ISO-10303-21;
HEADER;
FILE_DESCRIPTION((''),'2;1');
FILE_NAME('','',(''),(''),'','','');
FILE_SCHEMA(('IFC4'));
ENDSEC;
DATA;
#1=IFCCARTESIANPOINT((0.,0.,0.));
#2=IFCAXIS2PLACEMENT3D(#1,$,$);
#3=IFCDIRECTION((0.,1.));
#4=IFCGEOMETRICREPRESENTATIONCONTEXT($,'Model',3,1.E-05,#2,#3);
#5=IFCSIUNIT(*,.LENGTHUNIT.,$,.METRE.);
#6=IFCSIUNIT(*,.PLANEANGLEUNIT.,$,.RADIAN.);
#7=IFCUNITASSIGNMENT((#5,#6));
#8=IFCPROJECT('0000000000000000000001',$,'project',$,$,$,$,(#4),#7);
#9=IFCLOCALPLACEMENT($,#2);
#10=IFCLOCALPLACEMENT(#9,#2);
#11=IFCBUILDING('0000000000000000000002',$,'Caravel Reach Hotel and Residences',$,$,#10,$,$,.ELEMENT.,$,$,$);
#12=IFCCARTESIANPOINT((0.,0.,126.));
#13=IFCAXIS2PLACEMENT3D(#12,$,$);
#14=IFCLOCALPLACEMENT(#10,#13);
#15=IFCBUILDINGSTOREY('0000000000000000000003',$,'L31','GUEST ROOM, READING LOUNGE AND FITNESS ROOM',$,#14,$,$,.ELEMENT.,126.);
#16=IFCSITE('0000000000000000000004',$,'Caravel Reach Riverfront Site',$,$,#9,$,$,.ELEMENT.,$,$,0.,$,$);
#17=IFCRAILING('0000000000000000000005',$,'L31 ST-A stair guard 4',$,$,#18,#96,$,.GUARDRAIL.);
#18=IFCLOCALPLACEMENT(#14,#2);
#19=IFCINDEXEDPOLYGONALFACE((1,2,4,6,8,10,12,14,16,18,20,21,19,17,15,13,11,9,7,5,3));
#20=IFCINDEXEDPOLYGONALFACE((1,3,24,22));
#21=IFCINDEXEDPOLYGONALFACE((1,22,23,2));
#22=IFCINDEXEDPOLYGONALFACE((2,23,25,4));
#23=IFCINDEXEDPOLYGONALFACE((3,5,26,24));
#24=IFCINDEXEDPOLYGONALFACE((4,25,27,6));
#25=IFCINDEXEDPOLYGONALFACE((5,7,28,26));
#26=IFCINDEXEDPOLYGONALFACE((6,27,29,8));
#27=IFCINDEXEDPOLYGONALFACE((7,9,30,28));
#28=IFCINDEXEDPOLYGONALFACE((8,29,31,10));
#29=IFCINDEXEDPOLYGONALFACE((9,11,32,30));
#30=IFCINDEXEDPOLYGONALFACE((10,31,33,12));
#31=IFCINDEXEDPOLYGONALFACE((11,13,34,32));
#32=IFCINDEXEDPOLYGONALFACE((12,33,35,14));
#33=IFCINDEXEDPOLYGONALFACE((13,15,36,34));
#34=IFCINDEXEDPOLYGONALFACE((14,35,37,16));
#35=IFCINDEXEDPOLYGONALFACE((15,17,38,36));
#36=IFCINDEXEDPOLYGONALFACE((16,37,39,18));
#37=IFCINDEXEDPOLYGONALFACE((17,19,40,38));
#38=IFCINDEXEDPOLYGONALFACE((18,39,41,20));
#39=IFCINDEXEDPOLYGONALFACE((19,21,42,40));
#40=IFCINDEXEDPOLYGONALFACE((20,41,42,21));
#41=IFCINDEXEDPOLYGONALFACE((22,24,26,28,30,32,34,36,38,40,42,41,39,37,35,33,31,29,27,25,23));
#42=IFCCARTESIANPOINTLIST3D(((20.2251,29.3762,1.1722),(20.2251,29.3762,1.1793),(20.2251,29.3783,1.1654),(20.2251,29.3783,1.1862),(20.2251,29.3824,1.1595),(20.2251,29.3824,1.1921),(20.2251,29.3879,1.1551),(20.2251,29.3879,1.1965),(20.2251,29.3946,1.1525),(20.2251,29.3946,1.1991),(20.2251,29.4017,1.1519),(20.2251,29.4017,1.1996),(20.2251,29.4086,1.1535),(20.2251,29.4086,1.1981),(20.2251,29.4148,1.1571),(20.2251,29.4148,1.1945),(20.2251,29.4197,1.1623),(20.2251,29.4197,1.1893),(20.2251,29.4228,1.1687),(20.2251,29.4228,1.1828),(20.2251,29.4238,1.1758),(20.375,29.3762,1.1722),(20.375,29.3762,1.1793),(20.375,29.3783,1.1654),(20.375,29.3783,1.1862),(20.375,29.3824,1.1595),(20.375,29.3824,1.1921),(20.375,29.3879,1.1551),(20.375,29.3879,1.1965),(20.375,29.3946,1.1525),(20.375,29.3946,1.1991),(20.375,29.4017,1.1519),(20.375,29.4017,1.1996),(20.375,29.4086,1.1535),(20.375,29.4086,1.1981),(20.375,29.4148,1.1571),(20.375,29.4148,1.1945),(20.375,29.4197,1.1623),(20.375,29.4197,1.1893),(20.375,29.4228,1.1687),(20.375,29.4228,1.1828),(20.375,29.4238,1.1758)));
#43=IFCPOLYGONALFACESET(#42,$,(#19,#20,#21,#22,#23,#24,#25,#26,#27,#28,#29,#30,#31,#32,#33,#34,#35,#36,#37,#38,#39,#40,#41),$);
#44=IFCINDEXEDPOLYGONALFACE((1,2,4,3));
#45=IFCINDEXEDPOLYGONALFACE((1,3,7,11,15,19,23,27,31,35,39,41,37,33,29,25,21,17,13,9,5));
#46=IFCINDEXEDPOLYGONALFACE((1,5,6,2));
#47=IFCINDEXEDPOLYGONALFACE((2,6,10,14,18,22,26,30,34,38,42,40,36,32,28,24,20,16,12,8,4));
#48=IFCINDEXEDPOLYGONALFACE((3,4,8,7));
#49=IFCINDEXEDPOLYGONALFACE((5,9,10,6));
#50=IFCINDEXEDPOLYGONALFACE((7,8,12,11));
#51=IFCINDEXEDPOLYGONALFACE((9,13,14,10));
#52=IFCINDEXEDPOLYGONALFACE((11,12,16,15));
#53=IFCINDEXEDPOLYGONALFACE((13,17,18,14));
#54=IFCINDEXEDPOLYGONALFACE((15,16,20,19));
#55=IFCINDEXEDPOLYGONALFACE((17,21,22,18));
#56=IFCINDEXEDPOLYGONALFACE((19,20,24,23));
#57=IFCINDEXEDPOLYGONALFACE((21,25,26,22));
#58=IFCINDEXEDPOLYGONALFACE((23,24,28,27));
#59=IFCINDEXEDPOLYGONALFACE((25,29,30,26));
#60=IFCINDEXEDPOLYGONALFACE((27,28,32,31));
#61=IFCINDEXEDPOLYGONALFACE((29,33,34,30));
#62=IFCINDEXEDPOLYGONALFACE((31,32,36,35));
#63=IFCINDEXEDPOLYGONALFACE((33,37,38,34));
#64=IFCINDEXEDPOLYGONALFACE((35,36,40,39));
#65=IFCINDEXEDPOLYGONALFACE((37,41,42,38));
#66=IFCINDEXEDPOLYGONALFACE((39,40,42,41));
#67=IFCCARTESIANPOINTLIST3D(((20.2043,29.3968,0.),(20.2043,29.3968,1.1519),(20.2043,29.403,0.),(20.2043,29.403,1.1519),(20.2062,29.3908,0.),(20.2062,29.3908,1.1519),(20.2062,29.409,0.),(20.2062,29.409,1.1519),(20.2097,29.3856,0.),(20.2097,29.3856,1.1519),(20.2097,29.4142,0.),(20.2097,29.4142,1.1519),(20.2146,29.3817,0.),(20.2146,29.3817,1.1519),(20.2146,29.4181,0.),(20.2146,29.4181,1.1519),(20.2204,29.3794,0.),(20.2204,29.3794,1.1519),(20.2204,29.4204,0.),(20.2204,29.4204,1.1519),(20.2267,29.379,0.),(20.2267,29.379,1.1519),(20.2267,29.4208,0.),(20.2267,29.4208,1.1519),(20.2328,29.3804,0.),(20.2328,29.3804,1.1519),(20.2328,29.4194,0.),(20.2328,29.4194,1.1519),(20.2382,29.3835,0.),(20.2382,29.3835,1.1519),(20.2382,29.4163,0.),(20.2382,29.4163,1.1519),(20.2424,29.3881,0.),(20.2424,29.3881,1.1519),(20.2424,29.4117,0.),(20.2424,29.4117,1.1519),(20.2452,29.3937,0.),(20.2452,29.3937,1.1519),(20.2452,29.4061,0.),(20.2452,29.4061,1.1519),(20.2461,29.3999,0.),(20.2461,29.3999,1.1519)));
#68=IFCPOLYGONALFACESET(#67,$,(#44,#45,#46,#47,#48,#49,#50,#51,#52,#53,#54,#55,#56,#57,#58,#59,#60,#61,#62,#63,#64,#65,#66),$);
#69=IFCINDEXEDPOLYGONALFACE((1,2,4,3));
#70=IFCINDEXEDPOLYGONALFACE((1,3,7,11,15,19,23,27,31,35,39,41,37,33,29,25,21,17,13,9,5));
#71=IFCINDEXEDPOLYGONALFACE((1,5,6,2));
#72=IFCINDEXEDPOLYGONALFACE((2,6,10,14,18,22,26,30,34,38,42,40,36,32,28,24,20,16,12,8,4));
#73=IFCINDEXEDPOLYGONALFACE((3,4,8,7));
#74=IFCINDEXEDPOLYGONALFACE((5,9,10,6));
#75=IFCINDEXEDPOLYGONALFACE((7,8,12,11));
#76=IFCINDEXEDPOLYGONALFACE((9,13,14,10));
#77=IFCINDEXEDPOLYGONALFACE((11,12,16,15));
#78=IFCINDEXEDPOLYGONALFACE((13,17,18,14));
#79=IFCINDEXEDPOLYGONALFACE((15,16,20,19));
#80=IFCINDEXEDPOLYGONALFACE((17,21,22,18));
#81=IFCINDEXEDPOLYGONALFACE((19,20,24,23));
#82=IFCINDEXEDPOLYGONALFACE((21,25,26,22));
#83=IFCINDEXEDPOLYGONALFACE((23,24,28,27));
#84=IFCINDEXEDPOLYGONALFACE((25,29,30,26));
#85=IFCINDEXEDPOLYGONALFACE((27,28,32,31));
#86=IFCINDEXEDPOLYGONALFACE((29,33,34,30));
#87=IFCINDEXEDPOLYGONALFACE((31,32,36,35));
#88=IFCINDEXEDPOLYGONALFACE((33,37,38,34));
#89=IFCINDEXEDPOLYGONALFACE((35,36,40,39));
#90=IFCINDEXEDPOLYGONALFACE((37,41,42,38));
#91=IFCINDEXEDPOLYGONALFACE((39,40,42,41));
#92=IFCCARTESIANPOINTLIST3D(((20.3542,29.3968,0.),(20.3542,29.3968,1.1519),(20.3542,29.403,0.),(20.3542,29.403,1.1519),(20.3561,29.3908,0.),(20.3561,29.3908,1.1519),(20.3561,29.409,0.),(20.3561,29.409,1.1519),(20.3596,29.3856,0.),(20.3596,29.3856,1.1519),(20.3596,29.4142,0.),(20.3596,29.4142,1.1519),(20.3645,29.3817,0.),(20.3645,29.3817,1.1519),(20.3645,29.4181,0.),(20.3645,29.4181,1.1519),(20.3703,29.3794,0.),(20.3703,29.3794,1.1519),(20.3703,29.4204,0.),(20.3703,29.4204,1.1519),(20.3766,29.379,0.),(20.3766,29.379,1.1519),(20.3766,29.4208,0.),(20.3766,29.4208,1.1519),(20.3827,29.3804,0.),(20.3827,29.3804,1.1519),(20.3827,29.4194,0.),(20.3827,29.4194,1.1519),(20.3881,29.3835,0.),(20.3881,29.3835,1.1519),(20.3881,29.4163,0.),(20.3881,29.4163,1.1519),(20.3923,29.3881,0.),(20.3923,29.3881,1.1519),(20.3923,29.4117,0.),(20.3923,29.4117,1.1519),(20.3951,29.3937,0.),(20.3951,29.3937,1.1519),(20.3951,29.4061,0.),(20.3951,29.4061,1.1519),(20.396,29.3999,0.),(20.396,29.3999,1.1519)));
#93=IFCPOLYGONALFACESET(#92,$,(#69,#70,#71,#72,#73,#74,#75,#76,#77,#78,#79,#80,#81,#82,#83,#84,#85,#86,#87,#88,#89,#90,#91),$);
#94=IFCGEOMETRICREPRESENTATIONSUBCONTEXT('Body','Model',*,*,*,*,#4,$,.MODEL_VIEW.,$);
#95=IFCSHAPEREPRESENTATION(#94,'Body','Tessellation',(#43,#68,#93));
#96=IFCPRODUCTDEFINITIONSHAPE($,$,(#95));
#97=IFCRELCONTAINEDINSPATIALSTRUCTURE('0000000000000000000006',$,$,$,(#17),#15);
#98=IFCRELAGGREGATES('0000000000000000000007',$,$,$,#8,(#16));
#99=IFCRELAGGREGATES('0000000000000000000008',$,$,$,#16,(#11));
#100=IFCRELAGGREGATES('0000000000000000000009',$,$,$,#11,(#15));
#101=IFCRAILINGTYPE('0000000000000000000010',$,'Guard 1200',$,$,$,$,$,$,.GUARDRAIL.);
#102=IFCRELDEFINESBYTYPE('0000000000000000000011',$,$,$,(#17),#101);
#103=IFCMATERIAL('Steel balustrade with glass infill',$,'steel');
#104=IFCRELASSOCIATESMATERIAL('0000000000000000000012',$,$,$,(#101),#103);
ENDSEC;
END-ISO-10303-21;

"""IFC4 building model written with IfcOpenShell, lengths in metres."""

from ifc_helpers import new_model, si_unit, direction, frame, origin, origin_2d, place, context, subcontext, project, spatial, circle, extrude, material, type_object, element, save


model = new_model("IFC4")

# Units and contexts
model_context = context("Model", 3, precision=1e-05, world=origin(), true_north=direction((0.0, 1.0)))
body_context = subcontext(model_context, "Body", "Model", "MODEL_VIEW")
ifc_project = project(units=[si_unit("LENGTHUNIT", "METRE"), si_unit("PLANEANGLEUNIT", "RADIAN")], contexts=[model_context])

# Site, building, storey
site_placement = place(None, origin())
site = spatial("IfcSite", under=ifc_project, at=site_placement, Name="Caravel Reach Riverfront Site", CompositionType="ELEMENT", RefElevation=0.0)
building_placement = place(site_placement, origin())
building = spatial("IfcBuilding", under=site, at=building_placement, Name="Caravel Reach Hotel and Residences", CompositionType="ELEMENT")
storey_placement = place(building_placement, frame((0.0, 0.0, 126.0)))
storey = spatial("IfcBuildingStorey", under=building, at=storey_placement, Name="L31", Description="GUEST ROOM, READING LOUNGE AND FITNESS ROOM", CompositionType="ELEMENT", Elevation=126.0)

# Railing
ifc_material_1 = material(Name="Steel balustrade with glass infill", Category="steel")
railing_type_1 = type_object("IfcRailingType", Name="Guard 1200", PredefinedType="GUARDRAIL", material=ifc_material_1)
railing_1_placement = place(storey_placement, frame((20.2251, 29.3999, 0.0)))
element("IfcRailing", 1, at=railing_1_placement, inside=storey, type_object=railing_type_1, Name="L31 ST-A stair guard 4", PredefinedType="GUARDRAIL", context=body_context, shape_type="SweptSolid", body=[
    extrude(circle(Radius=0.0239, at=origin_2d()), frame((0.0, 0.0, 1.1758), z_axis=(1.0, 0.0, 0.0), x_axis=(0.0, 1.0, 0.0)), (0.0, 0.0, 1.0), 0.1499),
    extrude(circle(Radius=0.021, at=origin_2d()), origin(), (0.0, 0.0, 1.0), 1.1519),
    extrude(circle(Radius=0.021, at=origin_2d()), frame((0.1499, 0.0, 0.0)), (0.0, 0.0, 1.0), 1.1519),
])

save(model, "model.ifc")
